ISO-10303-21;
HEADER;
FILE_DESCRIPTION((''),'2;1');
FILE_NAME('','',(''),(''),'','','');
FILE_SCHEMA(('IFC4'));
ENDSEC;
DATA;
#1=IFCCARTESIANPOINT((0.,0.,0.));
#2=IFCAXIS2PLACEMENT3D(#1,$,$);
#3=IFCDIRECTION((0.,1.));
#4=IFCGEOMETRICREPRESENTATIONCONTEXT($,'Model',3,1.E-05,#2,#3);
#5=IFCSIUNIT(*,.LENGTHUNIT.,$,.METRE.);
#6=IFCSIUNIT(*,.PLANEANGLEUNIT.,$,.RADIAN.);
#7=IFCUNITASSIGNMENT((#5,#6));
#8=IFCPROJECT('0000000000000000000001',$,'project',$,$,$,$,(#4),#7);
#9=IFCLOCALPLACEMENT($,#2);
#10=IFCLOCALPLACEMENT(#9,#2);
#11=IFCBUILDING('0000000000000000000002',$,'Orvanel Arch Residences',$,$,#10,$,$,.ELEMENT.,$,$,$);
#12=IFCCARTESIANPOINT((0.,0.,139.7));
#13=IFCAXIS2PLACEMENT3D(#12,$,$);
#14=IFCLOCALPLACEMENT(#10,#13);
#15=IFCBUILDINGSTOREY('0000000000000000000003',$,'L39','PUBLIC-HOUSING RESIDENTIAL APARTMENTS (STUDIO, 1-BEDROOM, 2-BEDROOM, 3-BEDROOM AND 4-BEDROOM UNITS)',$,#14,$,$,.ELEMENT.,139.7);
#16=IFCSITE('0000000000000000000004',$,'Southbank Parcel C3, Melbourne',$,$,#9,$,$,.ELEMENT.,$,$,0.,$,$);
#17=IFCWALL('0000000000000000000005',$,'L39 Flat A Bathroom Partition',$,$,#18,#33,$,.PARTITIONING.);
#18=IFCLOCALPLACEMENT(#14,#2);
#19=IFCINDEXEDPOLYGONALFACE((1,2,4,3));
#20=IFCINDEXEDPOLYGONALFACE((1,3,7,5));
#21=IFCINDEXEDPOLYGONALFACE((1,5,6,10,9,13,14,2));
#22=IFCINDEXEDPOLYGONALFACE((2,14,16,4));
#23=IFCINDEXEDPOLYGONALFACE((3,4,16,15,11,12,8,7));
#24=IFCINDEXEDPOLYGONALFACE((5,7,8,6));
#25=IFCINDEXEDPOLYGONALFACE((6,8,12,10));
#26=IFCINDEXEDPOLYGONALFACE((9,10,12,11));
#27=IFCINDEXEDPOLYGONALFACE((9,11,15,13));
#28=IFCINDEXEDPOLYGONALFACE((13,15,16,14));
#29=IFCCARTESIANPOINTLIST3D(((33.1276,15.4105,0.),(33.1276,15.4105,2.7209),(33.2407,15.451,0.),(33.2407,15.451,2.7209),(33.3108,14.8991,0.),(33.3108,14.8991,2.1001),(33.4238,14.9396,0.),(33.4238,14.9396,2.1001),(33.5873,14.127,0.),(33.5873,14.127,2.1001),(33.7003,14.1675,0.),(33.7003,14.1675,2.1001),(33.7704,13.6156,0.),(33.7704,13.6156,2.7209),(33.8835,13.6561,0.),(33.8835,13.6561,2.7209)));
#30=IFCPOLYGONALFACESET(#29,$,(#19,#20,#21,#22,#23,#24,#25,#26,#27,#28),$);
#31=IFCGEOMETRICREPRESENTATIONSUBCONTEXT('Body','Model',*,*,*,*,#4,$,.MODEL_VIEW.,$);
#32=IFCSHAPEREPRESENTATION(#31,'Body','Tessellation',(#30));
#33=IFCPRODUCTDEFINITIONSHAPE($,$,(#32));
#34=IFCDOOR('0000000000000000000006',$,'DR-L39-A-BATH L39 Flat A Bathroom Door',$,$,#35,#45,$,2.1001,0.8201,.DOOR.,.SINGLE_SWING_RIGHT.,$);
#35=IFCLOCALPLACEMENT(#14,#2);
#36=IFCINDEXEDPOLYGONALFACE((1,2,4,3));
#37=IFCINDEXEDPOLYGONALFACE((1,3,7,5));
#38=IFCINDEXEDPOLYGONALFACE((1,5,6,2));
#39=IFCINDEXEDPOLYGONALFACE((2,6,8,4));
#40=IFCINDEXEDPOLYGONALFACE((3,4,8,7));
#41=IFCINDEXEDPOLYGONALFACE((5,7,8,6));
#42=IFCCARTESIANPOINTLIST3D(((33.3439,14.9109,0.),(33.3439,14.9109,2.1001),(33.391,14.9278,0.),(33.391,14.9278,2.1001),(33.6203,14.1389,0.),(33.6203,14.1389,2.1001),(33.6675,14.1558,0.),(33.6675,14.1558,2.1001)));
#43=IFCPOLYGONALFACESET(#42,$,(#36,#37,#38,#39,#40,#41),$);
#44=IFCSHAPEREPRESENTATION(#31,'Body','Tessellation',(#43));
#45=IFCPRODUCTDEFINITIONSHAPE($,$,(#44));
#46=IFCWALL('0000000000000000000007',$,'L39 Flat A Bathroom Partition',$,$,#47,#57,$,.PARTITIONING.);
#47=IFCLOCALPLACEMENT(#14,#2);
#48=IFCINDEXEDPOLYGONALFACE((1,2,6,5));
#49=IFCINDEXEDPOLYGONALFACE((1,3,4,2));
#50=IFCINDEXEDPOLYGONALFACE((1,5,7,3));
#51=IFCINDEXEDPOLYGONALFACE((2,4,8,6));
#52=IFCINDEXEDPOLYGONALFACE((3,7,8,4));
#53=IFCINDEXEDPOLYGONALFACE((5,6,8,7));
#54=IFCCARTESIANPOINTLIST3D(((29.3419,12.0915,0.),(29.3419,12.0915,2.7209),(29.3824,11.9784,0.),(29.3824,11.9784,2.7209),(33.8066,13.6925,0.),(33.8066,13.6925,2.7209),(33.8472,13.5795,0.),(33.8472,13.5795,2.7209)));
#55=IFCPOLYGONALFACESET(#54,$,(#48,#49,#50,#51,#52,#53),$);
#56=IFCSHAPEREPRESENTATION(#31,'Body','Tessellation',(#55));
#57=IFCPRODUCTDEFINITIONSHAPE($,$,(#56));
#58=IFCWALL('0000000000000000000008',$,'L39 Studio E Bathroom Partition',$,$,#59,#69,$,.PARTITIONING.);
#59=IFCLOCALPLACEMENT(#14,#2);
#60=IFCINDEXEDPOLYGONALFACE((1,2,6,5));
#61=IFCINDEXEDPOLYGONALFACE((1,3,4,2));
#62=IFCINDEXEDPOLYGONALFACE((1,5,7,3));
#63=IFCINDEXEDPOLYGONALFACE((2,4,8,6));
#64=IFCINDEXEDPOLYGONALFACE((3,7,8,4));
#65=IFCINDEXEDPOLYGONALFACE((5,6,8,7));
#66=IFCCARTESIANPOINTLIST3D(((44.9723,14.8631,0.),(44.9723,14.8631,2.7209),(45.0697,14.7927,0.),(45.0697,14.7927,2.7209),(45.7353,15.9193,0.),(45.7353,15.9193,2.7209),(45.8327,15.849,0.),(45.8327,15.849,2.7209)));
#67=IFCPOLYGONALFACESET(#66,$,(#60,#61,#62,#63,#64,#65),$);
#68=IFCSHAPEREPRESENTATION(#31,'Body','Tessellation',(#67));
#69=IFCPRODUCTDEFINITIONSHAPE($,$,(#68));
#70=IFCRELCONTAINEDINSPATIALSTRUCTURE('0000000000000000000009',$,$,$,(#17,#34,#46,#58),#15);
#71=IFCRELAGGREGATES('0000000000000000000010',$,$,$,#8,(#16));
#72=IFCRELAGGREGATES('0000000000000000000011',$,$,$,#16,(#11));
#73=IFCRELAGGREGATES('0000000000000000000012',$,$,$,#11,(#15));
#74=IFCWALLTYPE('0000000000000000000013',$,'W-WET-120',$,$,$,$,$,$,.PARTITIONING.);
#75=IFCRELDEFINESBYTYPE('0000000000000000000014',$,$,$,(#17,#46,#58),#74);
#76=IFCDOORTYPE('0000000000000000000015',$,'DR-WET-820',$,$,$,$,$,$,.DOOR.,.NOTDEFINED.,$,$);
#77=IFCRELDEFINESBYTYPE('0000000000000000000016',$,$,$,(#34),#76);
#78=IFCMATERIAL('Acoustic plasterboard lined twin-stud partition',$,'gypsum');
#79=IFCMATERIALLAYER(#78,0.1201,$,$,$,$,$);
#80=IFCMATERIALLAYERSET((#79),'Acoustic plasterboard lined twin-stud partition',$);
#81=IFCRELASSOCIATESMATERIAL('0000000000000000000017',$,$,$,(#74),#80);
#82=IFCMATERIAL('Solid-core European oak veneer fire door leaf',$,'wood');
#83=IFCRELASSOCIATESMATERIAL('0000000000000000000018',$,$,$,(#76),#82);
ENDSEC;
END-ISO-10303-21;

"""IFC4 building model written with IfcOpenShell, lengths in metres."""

from ifc_helpers import new_model, si_unit, direction, frame, frame_2d, origin, place, context, subcontext, project, spatial, rectangle, extrude, material, layer, layer_set, type_object, element, fill, save


model = new_model("IFC4")

# Units and contexts
model_context = context("Model", 3, precision=1e-05, world=origin(), true_north=direction((0.0, 1.0)))
body_context = subcontext(model_context, "Body", "Model", "MODEL_VIEW")
ifc_project = project(units=[si_unit("LENGTHUNIT", "METRE"), si_unit("PLANEANGLEUNIT", "RADIAN")], contexts=[model_context])

# Site, building, storey
site_placement = place(None, origin())
site = spatial("IfcSite", under=ifc_project, at=site_placement, Name="Southbank Parcel C3, Melbourne", CompositionType="ELEMENT", RefElevation=0.0)
building_placement = place(site_placement, origin())
building = spatial("IfcBuilding", under=site, at=building_placement, Name="Orvanel Arch Residences", CompositionType="ELEMENT")
storey_placement = place(building_placement, frame((0.0, 0.0, 139.7)))
storey = spatial("IfcBuildingStorey", under=building, at=storey_placement, Name="L39", Description="PUBLIC-HOUSING RESIDENTIAL APARTMENTS (STUDIO, 1-BEDROOM, 2-BEDROOM, 3-BEDROOM AND 4-BEDROOM UNITS)", CompositionType="ELEMENT", Elevation=139.7)

# Wall, opening, door
ifc_material_1 = material(Name="Acoustic plasterboard lined twin-stud partition", Category="gypsum")
ifc_material_2 = material(Name="Solid-core European oak veneer fire door leaf", Category="wood")
ifc_layer_1 = layer(ifc_material_1, 0.1201)
ifc_layer_set_1 = layer_set([ifc_layer_1], Name="Acoustic plasterboard lined twin-stud partition")
wall_type_1 = type_object("IfcWallType", Name="W-WET-120", PredefinedType="PARTITIONING", material=ifc_layer_set_1)
wall_1_placement = place(storey_placement, frame((33.8269, 13.636, 0.0), z_axis=(0.0, 0.0, 1.0), x_axis=(-0.337164, 0.941446, 0.0)))
wall_1 = element("IfcWall", 1, at=wall_1_placement, inside=storey, type_object=wall_type_1, Name="L39 Flat A Bathroom Partition", PredefinedType="PARTITIONING", context=body_context, shape_type="SweptSolid", body=[
    extrude(rectangle(XDim=1.9065, YDim=0.1201, at=frame_2d((0.9531, 0.0))), origin(), (0.0, 0.0, 1.0), 2.7209),
])
opening_1_placement = place(wall_1_placement, frame((0.543, 0.0, 0.0)))
opening_1 = element("IfcOpeningElement", 2, at=opening_1_placement, cuts=wall_1, PredefinedType="OPENING", context=body_context, shape_type="SweptSolid", body=[
    extrude(rectangle(XDim=0.8201, YDim=2.1001, at=frame_2d((0.4102, 1.05))), frame((0.0, 0.0701, 0.0), z_axis=(0.0, -1.0, 0.0), x_axis=(1.0, 0.0, 0.0)), (0.0, 0.0, 1.0), 0.1401),
])
door_type_1 = type_object("IfcDoorType", Name="DR-WET-820", OperationType="NOTDEFINED", PredefinedType="DOOR", material=ifc_material_2)
door_1_placement = place(opening_1_placement, origin())
door_1 = element("IfcDoor", 3, at=door_1_placement, inside=storey, type_object=door_type_1, Name="DR-L39-A-BATH L39 Flat A Bathroom Door", OperationType="SINGLE_SWING_RIGHT", OverallHeight=2.1001, OverallWidth=0.8201, PredefinedType="DOOR", context=body_context, shape_type="SweptSolid", body=[
    extrude(rectangle(XDim=0.8201, YDim=2.1001, at=frame_2d((0.4102, 1.05))), frame((0.0, 0.0249, 0.0), z_axis=(0.0, -1.0, 0.0), x_axis=(1.0, 0.0, 0.0)), (0.0, 0.0, 1.0), 0.05),
])
fill(opening_1, door_1)

# Walls
wall_2_placement = place(storey_placement, frame((33.8269, 13.636, 0.0), z_axis=(0.0, 0.0, 1.0), x_axis=(-0.941308, -0.337549, 0.0)))
element("IfcWall", 4, at=wall_2_placement, inside=storey, type_object=wall_type_1, Name="L39 Flat A Bathroom Partition", PredefinedType="PARTITIONING", context=body_context, shape_type="SweptSolid", body=[
    extrude(rectangle(XDim=4.7432, YDim=0.1201, at=frame_2d((2.3716, 0.0))), origin(), (0.0, 0.0, 1.0), 2.7209),
])
wall_3_placement = place(storey_placement, frame((45.7839, 15.884, 0.0), z_axis=(0.0, 0.0, 1.0), x_axis=(-0.585573, -0.81062, 0.0)))
element("IfcWall", 5, at=wall_3_placement, inside=storey, type_object=wall_type_1, Name="L39 Studio E Bathroom Partition", PredefinedType="PARTITIONING", context=body_context, shape_type="SweptSolid", body=[
    extrude(rectangle(XDim=1.303, YDim=0.1201, at=frame_2d((0.6514, 0.0))), origin(), (0.0, 0.0, 1.0), 2.7209),
])

save(model, "model.ifc")
